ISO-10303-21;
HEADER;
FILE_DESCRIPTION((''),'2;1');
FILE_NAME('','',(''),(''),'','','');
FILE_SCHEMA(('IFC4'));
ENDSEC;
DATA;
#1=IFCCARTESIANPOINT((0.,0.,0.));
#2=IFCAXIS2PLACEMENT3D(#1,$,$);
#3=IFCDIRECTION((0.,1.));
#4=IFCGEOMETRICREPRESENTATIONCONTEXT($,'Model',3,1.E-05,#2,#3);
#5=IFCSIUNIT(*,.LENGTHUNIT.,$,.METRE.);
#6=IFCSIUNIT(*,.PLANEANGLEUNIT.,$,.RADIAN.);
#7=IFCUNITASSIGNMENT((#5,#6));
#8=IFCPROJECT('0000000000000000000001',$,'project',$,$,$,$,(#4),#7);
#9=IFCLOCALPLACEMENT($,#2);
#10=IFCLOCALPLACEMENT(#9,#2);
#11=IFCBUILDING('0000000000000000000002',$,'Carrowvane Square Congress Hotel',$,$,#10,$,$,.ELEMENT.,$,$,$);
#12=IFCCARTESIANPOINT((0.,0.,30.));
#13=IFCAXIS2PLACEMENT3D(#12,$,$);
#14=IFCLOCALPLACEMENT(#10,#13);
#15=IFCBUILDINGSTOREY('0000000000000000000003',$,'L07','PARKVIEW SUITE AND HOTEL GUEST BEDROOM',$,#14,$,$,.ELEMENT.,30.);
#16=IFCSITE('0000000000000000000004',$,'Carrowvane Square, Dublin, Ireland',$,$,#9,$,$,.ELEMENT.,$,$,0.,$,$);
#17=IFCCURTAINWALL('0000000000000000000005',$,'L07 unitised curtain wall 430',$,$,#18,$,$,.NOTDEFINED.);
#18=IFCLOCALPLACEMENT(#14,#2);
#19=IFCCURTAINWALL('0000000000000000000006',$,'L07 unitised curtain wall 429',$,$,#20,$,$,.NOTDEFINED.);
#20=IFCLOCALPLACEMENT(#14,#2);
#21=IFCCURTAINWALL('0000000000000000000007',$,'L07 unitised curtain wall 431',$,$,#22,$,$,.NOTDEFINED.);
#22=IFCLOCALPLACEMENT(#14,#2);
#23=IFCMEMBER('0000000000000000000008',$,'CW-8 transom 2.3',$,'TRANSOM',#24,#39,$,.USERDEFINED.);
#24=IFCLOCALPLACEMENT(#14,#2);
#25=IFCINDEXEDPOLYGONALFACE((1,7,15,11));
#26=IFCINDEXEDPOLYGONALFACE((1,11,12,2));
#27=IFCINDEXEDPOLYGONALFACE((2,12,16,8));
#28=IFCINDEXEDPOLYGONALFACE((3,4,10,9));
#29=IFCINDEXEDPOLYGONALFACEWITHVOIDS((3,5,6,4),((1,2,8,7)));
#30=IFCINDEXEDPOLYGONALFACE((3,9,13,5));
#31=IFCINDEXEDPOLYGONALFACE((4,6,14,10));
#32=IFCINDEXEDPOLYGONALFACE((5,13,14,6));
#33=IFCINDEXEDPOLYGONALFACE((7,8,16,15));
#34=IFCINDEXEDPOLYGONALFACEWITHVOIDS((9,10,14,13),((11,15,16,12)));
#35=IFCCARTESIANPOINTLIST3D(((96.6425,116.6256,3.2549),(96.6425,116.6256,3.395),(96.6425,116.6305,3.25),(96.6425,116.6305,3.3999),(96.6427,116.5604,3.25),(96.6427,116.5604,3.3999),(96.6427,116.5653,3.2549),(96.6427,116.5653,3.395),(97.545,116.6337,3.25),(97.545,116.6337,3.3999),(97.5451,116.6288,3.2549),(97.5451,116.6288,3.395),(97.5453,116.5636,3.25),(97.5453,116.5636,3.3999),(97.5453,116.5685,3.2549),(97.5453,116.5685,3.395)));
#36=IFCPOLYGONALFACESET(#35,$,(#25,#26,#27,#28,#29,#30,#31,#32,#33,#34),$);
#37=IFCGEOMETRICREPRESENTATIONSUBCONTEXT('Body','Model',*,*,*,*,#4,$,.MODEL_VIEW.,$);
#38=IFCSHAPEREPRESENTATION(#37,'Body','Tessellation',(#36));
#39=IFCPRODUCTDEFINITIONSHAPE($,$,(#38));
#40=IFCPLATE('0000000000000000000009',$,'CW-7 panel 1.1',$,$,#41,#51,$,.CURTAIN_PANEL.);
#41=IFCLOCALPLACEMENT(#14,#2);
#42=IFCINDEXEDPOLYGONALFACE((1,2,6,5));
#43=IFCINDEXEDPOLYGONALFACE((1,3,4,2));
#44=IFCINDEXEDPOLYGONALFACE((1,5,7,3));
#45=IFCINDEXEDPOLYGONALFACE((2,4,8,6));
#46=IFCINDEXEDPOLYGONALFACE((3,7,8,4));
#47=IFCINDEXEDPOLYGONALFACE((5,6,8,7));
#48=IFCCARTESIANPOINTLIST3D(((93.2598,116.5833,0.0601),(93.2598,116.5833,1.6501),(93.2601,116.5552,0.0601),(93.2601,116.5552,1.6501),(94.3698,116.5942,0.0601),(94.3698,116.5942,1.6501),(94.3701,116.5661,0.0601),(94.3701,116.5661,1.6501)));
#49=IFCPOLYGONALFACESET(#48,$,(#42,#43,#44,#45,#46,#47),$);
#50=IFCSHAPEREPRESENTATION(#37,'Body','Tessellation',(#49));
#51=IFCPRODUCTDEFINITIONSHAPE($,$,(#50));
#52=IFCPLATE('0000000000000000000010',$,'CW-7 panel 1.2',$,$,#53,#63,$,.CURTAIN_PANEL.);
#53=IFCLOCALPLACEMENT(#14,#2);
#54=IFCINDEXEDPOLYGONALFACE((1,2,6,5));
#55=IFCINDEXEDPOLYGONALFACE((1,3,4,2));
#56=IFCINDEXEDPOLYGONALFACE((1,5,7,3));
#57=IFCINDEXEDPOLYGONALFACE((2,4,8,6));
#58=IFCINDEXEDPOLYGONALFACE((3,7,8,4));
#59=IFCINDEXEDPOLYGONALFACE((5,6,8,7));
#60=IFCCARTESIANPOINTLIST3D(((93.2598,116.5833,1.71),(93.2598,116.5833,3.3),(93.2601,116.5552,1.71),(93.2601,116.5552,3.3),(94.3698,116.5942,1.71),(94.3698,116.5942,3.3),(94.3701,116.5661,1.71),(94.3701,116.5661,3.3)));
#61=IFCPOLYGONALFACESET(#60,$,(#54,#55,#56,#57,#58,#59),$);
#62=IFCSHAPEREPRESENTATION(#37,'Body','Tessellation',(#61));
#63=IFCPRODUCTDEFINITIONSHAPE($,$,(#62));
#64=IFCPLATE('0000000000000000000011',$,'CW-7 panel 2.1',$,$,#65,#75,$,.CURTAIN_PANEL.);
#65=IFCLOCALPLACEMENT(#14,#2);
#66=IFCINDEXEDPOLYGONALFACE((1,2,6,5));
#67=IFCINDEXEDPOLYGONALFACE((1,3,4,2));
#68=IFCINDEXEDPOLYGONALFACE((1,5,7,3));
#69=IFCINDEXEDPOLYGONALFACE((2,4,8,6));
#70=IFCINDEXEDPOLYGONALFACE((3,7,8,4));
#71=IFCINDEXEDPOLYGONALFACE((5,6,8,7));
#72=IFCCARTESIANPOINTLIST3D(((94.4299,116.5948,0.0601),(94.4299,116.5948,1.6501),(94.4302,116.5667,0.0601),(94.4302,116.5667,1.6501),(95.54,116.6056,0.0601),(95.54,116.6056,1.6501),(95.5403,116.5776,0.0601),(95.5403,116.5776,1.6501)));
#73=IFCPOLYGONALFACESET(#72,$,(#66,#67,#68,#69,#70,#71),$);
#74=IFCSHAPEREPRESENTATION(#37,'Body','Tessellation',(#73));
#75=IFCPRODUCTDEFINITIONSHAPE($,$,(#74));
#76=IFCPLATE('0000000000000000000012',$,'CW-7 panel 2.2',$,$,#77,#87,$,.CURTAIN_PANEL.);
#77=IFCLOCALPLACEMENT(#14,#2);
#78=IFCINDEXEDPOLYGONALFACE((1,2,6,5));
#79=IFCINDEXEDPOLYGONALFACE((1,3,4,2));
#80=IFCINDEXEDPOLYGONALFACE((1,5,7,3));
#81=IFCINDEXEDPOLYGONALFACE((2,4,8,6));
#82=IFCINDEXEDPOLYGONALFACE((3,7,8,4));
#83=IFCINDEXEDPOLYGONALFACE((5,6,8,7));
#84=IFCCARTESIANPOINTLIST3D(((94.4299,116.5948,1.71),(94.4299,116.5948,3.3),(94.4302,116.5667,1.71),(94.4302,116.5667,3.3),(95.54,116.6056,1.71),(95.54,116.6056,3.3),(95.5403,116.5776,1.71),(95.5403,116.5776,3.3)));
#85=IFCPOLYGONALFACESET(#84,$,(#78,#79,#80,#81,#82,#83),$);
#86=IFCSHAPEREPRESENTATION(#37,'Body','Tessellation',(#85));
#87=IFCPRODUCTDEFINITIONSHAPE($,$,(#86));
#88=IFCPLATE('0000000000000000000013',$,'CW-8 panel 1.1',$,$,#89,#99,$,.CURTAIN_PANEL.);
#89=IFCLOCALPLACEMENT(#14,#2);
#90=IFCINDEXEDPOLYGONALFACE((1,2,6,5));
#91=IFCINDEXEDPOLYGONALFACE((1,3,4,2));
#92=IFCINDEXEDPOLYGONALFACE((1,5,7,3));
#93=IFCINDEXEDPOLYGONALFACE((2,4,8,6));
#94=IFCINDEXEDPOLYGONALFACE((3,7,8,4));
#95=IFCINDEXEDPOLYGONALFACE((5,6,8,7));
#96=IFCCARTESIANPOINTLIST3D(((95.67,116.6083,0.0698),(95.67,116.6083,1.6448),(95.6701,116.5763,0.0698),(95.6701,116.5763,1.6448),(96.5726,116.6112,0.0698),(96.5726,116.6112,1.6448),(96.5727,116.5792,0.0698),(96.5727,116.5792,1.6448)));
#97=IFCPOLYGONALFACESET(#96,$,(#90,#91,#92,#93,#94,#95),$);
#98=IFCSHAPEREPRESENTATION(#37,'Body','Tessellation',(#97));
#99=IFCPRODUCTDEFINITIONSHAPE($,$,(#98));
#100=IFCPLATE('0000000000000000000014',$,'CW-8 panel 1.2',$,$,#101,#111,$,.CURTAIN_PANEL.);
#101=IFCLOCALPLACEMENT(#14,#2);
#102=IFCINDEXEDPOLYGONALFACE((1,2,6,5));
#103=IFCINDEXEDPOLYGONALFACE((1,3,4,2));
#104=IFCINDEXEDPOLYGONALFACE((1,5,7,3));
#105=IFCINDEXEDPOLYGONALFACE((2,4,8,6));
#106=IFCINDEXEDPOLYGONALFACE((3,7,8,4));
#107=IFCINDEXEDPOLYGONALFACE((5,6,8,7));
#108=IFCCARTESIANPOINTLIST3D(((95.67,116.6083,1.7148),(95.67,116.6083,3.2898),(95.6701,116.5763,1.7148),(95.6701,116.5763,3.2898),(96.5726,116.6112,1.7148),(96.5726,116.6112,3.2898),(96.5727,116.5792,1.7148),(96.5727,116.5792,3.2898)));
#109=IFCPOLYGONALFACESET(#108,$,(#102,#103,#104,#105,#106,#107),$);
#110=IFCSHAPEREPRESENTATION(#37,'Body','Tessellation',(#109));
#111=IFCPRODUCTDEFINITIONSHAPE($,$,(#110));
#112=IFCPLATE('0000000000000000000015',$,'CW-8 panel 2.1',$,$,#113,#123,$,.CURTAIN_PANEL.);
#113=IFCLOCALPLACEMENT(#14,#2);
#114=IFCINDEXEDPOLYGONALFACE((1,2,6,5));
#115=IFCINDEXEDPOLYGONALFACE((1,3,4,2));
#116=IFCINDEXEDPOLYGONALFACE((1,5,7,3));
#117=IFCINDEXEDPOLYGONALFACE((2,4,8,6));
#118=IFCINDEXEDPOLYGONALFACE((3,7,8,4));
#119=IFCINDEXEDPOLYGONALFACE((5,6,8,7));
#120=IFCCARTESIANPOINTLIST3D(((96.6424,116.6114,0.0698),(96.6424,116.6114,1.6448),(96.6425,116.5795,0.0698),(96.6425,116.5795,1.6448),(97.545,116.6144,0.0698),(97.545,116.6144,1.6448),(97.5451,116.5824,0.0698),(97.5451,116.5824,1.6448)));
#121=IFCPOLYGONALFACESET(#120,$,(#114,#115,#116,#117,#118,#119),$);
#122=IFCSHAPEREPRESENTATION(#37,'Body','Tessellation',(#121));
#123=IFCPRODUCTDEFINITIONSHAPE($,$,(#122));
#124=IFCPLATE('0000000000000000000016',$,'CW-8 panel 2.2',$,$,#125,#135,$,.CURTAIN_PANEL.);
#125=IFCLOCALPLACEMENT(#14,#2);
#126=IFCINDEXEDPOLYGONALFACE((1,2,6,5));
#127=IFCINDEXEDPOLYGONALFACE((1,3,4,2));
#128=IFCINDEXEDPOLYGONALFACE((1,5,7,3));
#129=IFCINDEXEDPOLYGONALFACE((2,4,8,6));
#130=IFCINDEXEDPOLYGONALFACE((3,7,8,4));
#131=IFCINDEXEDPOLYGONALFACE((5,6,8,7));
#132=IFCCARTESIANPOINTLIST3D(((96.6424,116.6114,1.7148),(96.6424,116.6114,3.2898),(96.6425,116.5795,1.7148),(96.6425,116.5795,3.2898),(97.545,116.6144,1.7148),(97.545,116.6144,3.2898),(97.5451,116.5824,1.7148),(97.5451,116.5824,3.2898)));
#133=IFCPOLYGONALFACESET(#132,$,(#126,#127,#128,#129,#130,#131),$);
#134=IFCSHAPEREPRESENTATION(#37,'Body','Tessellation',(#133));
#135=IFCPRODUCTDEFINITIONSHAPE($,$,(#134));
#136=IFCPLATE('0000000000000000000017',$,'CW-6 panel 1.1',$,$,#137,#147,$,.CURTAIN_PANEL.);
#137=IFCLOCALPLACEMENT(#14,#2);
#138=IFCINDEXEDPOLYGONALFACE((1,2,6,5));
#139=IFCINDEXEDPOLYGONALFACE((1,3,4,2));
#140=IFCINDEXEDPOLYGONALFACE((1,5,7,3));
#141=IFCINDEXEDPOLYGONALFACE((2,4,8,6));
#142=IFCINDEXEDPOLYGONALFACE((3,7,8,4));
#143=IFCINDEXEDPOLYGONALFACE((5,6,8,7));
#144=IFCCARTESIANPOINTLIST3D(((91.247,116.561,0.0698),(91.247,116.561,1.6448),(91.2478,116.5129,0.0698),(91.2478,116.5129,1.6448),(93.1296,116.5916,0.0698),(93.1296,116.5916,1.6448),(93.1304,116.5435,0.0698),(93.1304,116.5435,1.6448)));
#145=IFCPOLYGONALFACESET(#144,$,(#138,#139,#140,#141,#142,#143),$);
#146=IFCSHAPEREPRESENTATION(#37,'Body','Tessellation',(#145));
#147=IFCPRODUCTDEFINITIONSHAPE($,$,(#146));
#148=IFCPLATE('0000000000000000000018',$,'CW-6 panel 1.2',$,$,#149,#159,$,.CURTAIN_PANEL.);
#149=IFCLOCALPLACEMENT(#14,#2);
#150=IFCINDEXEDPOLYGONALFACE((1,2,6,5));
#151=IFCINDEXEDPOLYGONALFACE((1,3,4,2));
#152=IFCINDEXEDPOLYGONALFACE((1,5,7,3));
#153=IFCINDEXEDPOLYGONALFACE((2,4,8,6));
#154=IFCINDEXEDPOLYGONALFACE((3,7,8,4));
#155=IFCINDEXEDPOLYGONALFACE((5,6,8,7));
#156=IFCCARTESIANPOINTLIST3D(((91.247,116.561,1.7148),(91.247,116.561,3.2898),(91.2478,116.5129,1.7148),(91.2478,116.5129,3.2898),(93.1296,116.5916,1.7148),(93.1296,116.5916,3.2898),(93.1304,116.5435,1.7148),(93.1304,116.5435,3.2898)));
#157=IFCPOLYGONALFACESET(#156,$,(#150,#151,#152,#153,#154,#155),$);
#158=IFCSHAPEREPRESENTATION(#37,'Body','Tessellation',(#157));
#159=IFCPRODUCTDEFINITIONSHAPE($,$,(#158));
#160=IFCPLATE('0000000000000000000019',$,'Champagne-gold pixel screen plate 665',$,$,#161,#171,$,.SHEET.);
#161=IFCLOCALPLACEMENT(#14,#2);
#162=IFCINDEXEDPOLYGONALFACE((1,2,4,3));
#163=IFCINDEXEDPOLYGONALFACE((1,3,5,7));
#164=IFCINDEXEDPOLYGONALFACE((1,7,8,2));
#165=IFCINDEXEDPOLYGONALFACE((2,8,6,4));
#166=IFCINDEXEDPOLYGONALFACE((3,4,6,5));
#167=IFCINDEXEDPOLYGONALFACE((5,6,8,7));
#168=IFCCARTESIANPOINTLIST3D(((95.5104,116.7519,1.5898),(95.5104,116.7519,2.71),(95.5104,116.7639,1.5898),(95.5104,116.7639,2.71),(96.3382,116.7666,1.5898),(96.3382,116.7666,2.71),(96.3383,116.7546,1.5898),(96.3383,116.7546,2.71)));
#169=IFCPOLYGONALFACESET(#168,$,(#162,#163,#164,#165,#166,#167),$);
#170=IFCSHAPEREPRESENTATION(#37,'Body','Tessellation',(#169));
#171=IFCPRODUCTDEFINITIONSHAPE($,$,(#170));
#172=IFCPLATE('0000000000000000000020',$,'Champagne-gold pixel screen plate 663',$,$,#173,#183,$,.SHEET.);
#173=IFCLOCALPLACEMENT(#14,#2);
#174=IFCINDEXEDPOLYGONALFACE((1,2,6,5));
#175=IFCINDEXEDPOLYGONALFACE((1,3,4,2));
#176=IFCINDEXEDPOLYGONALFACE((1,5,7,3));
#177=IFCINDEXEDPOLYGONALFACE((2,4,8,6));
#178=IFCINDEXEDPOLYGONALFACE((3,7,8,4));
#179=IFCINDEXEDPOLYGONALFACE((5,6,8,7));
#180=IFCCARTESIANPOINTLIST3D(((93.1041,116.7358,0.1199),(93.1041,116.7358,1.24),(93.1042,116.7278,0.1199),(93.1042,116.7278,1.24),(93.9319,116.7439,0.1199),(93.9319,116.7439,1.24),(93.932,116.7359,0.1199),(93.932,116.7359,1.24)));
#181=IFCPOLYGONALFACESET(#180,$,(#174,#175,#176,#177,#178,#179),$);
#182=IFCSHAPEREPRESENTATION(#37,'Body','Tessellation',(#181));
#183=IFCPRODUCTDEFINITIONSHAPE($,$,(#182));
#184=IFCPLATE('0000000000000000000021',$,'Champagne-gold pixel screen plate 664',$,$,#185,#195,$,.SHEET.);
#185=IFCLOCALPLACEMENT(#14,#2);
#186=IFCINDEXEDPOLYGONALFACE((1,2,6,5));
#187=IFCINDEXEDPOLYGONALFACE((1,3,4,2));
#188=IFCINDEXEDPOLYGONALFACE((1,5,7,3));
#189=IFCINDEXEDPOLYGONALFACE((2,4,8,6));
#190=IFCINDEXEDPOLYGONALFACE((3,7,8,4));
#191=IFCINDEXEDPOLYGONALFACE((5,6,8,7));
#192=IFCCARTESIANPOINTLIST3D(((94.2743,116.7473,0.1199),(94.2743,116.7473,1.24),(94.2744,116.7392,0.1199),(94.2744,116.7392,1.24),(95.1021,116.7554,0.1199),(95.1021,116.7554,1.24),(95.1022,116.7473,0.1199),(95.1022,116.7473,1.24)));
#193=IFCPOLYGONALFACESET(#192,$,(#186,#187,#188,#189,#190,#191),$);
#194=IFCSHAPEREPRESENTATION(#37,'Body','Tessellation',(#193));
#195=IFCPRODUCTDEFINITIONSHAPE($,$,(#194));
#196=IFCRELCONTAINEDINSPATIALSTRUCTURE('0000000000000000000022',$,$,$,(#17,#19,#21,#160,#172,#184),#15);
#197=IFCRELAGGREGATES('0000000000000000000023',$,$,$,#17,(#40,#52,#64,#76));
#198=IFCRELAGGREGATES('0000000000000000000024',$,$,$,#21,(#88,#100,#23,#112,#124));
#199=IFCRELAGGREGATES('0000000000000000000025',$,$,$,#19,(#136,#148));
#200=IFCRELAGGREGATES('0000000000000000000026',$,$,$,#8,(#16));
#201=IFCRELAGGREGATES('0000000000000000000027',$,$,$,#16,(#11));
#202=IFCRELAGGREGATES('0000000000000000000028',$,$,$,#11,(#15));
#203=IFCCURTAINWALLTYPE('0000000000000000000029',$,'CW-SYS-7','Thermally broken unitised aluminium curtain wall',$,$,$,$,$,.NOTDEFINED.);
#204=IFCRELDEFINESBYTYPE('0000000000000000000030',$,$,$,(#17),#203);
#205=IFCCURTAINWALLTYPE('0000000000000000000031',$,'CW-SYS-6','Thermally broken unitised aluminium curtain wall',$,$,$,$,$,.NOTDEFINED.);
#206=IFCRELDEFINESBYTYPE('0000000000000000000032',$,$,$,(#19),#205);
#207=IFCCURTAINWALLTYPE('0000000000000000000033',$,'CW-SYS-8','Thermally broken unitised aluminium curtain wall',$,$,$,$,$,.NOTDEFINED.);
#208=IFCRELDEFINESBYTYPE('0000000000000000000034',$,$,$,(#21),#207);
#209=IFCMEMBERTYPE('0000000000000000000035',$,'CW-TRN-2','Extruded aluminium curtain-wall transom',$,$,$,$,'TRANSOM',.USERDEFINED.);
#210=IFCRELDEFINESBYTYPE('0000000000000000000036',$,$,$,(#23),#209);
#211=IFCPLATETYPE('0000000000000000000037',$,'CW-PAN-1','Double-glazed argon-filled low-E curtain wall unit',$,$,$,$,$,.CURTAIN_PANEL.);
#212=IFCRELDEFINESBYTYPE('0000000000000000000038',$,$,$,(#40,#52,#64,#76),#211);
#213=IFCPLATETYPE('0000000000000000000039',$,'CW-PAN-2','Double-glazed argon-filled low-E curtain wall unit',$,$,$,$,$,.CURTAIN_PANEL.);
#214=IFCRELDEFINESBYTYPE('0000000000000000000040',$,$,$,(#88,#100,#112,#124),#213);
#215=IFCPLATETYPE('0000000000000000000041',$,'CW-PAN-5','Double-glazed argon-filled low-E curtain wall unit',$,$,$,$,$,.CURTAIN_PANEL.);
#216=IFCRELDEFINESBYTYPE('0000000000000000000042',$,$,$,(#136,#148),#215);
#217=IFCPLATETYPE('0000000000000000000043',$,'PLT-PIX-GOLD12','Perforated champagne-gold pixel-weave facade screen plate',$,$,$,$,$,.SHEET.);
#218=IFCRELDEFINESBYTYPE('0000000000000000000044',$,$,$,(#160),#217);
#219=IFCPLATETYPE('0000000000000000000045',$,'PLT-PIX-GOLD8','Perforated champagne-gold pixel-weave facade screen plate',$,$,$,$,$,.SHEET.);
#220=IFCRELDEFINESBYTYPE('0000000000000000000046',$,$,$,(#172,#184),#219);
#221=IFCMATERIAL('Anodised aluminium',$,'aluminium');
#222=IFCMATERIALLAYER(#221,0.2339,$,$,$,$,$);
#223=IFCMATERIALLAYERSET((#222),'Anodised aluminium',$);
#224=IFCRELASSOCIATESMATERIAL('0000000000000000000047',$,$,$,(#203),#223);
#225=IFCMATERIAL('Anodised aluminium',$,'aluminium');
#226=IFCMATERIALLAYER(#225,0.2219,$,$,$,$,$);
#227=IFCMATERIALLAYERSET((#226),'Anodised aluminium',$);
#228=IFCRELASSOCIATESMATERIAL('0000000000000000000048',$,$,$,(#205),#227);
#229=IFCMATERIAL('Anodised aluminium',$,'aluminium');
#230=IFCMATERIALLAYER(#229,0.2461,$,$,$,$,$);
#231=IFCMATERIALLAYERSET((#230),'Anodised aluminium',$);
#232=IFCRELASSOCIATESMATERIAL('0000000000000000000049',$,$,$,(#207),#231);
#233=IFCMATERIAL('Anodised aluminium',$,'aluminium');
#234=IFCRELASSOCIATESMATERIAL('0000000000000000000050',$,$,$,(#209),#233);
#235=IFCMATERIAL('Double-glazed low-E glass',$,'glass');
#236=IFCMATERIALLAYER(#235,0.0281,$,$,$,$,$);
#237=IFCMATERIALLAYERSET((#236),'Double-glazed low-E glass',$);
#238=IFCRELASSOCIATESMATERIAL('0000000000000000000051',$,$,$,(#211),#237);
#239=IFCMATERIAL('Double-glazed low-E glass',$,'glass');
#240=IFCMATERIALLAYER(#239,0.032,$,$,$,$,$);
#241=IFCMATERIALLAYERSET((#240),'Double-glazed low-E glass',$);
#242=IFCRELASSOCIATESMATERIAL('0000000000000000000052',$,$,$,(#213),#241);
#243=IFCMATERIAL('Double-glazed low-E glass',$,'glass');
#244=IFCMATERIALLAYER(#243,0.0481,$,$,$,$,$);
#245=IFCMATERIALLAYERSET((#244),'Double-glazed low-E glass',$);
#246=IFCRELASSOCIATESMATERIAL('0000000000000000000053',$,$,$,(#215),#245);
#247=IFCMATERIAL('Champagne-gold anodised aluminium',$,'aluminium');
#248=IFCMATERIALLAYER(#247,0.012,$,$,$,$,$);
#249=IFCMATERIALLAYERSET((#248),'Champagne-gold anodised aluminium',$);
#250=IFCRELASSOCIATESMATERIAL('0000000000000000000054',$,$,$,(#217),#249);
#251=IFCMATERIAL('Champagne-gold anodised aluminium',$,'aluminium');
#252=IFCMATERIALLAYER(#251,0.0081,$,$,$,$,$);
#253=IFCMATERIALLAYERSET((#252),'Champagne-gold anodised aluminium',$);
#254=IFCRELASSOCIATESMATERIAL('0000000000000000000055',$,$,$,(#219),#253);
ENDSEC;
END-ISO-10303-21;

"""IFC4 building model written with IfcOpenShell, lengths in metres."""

from ifc_helpers import new_model, si_unit, direction, frame, origin, origin_2d, place, context, subcontext, project, spatial, rectangle, hollow_rectangle, extrude, material, layer, layer_set, material_profile, profile_set, type_object, element, aggregate, save


model = new_model("IFC4")

# Units and contexts
model_context = context("Model", 3, precision=1e-05, world=origin(), true_north=direction((0.0, 1.0)))
body_context = subcontext(model_context, "Body", "Model", "MODEL_VIEW")
ifc_project = project(units=[si_unit("LENGTHUNIT", "METRE"), si_unit("PLANEANGLEUNIT", "RADIAN")], contexts=[model_context])

# Site, building, storey
site_placement = place(None, origin())
site = spatial("IfcSite", under=ifc_project, at=site_placement, Name="Carrowvane Square, Dublin, Ireland", CompositionType="ELEMENT", RefElevation=0.0)
building_placement = place(site_placement, origin())
building = spatial("IfcBuilding", under=site, at=building_placement, Name="Carrowvane Square Congress Hotel", CompositionType="ELEMENT")
storey_placement = place(building_placement, frame((0.0, 0.0, 30.0)))
storey = spatial("IfcBuildingStorey", under=building, at=storey_placement, Name="L07", Description="PARKVIEW SUITE AND HOTEL GUEST BEDROOM", CompositionType="ELEMENT", Elevation=30.0)

# Curtain wall
ifc_material_1 = material(Name="Anodised aluminium", Category="aluminium")
ifc_layer_1 = layer(ifc_material_1, 0.2339)
ifc_layer_set_1 = layer_set([ifc_layer_1], Name="Anodised aluminium")
curtain_wall_type_1 = type_object("IfcCurtainWallType", Name="CW-SYS-7", Description="Thermally broken unitised aluminium curtain wall", PredefinedType="NOTDEFINED", material=ifc_layer_set_1)
curtain_wall_1_placement = place(storey_placement, origin())
curtain_wall_1 = element("IfcCurtainWall", 1, at=curtain_wall_1_placement, inside=storey, type_object=curtain_wall_type_1, Name="L07 unitised curtain wall 430", PredefinedType="NOTDEFINED")

# Curtain wall
ifc_material_2 = material(Name="Anodised aluminium", Category="aluminium")
ifc_layer_2 = layer(ifc_material_2, 0.2219)
ifc_layer_set_2 = layer_set([ifc_layer_2], Name="Anodised aluminium")
curtain_wall_type_2 = type_object("IfcCurtainWallType", Name="CW-SYS-6", Description="Thermally broken unitised aluminium curtain wall", PredefinedType="NOTDEFINED", material=ifc_layer_set_2)
curtain_wall_2_placement = place(storey_placement, origin())
curtain_wall_2 = element("IfcCurtainWall", 2, at=curtain_wall_2_placement, inside=storey, type_object=curtain_wall_type_2, Name="L07 unitised curtain wall 429", PredefinedType="NOTDEFINED")

# Curtain wall
ifc_material_3 = material(Name="Anodised aluminium", Category="aluminium")
ifc_layer_3 = layer(ifc_material_3, 0.2461)
ifc_layer_set_3 = layer_set([ifc_layer_3], Name="Anodised aluminium")
curtain_wall_type_3 = type_object("IfcCurtainWallType", Name="CW-SYS-8", Description="Thermally broken unitised aluminium curtain wall", PredefinedType="NOTDEFINED", material=ifc_layer_set_3)
curtain_wall_3_placement = place(storey_placement, origin())
curtain_wall_3 = element("IfcCurtainWall", 3, at=curtain_wall_3_placement, inside=storey, type_object=curtain_wall_type_3, Name="L07 unitised curtain wall 431", PredefinedType="NOTDEFINED")

# Member
ifc_material_4 = material(Name="Anodised aluminium", Category="aluminium")
ifc_material_profile_1 = material_profile(ifc_material_4, hollow_rectangle(XDim=0.0701, YDim=0.1499, WallThickness=0.0049, at=origin_2d()), Name="CW-TR 70x150x5")
ifc_profile_set_1 = profile_set([ifc_material_profile_1], Name="Anodised aluminium")
member_type_1 = type_object("IfcMemberType", Name="CW-TRN-2", Description="Extruded aluminium curtain-wall transom", ElementType="TRANSOM", PredefinedType="USERDEFINED", material=ifc_profile_set_1)
member_1_placement = place(storey_placement, frame((96.6426, 116.5955, 3.325), z_axis=(0.999994, 0.003516, 0.0), x_axis=(-0.003516, 0.999994, 0.0)))
member_1 = element("IfcMember", 4, at=member_1_placement, type_object=member_type_1, Name="CW-8 transom 2.3", ObjectType="TRANSOM", PredefinedType="USERDEFINED", context=body_context, shape_type="SweptSolid", body=[
    extrude(hollow_rectangle(XDim=0.0701, YDim=0.1499, WallThickness=0.0049, at=origin_2d()), origin(), (0.0, 0.0, 1.0), 0.9026),
])

# Plates
ifc_material_5 = material(Name="Double-glazed low-E glass", Category="glass")
ifc_layer_4 = layer(ifc_material_5, 0.0281)
ifc_layer_set_4 = layer_set([ifc_layer_4], Name="Double-glazed low-E glass")
plate_type_1 = type_object("IfcPlateType", Name="CW-PAN-1", Description="Double-glazed argon-filled low-E curtain wall unit", PredefinedType="CURTAIN_PANEL", material=ifc_layer_set_4)
plate_1_placement = place(storey_placement, frame((93.8149, 116.5747, 0.0601), z_axis=(0.0, 0.0, 1.0), x_axis=(0.999952, 0.009783, 0.0)))
plate_1 = element("IfcPlate", 5, at=plate_1_placement, type_object=plate_type_1, Name="CW-7 panel 1.1", PredefinedType="CURTAIN_PANEL", context=body_context, shape_type="SweptSolid", body=[
    extrude(rectangle(XDim=1.1101, YDim=0.0281, at=origin_2d()), origin(), (0.0, 0.0, 1.0), 1.5901),
])
plate_2_placement = place(storey_placement, frame((93.8149, 116.5747, 1.71), z_axis=(0.0, 0.0, 1.0), x_axis=(0.999952, 0.009783, 0.0)))
plate_2 = element("IfcPlate", 6, at=plate_2_placement, type_object=plate_type_1, Name="CW-7 panel 1.2", PredefinedType="CURTAIN_PANEL", context=body_context, shape_type="SweptSolid", body=[
    extrude(rectangle(XDim=1.1101, YDim=0.0281, at=origin_2d()), origin(), (0.0, 0.0, 1.0), 1.5901),
])
plate_3_placement = place(storey_placement, frame((94.9851, 116.5862, 0.0601), z_axis=(0.0, 0.0, 1.0), x_axis=(0.999952, 0.009783, 0.0)))
plate_3 = element("IfcPlate", 7, at=plate_3_placement, type_object=plate_type_1, Name="CW-7 panel 2.1", PredefinedType="CURTAIN_PANEL", context=body_context, shape_type="SweptSolid", body=[
    extrude(rectangle(XDim=1.1101, YDim=0.0281, at=origin_2d()), origin(), (0.0, 0.0, 1.0), 1.5901),
])
plate_4_placement = place(storey_placement, frame((94.9851, 116.5862, 1.71), z_axis=(0.0, 0.0, 1.0), x_axis=(0.999952, 0.009783, 0.0)))
plate_4 = element("IfcPlate", 8, at=plate_4_placement, type_object=plate_type_1, Name="CW-7 panel 2.2", PredefinedType="CURTAIN_PANEL", context=body_context, shape_type="SweptSolid", body=[
    extrude(rectangle(XDim=1.1101, YDim=0.0281, at=origin_2d()), origin(), (0.0, 0.0, 1.0), 1.5901),
])
aggregate(curtain_wall_1, [plate_1, plate_2, plate_3, plate_4])
ifc_material_6 = material(Name="Double-glazed low-E glass", Category="glass")
ifc_layer_5 = layer(ifc_material_6, 0.032)
ifc_layer_set_5 = layer_set([ifc_layer_5], Name="Double-glazed low-E glass")
plate_type_2 = type_object("IfcPlateType", Name="CW-PAN-2", Description="Double-glazed argon-filled low-E curtain wall unit", PredefinedType="CURTAIN_PANEL", material=ifc_layer_set_5)
plate_5_placement = place(storey_placement, frame((96.1213, 116.5938, 0.0698), z_axis=(0.0, 0.0, 1.0), x_axis=(0.999995, 0.00327, 0.0)))
plate_5 = element("IfcPlate", 9, at=plate_5_placement, type_object=plate_type_2, Name="CW-8 panel 1.1", PredefinedType="CURTAIN_PANEL", context=body_context, shape_type="SweptSolid", body=[
    extrude(rectangle(XDim=0.9026, YDim=0.032, at=origin_2d()), origin(), (0.0, 0.0, 1.0), 1.575),
])
plate_6_placement = place(storey_placement, frame((96.1213, 116.5938, 1.7148), z_axis=(0.0, 0.0, 1.0), x_axis=(0.999995, 0.00327, 0.0)))
plate_6 = element("IfcPlate", 10, at=plate_6_placement, type_object=plate_type_2, Name="CW-8 panel 1.2", PredefinedType="CURTAIN_PANEL", context=body_context, shape_type="SweptSolid", body=[
    extrude(rectangle(XDim=0.9026, YDim=0.032, at=origin_2d()), origin(), (0.0, 0.0, 1.0), 1.575),
])
plate_7_placement = place(storey_placement, frame((97.0938, 116.5969, 0.0698), z_axis=(0.0, 0.0, 1.0), x_axis=(0.999995, 0.00327, 0.0)))
plate_7 = element("IfcPlate", 11, at=plate_7_placement, type_object=plate_type_2, Name="CW-8 panel 2.1", PredefinedType="CURTAIN_PANEL", context=body_context, shape_type="SweptSolid", body=[
    extrude(rectangle(XDim=0.9026, YDim=0.032, at=origin_2d()), origin(), (0.0, 0.0, 1.0), 1.575),
])
plate_8_placement = place(storey_placement, frame((97.0938, 116.5969, 1.7148), z_axis=(0.0, 0.0, 1.0), x_axis=(0.999995, 0.00327, 0.0)))
plate_8 = element("IfcPlate", 12, at=plate_8_placement, type_object=plate_type_2, Name="CW-8 panel 2.2", PredefinedType="CURTAIN_PANEL", context=body_context, shape_type="SweptSolid", body=[
    extrude(rectangle(XDim=0.9026, YDim=0.032, at=origin_2d()), origin(), (0.0, 0.0, 1.0), 1.575),
])
aggregate(curtain_wall_3, [plate_5, plate_6, member_1, plate_7, plate_8])
ifc_material_7 = material(Name="Double-glazed low-E glass", Category="glass")
ifc_layer_6 = layer(ifc_material_7, 0.0481)
ifc_layer_set_6 = layer_set([ifc_layer_6], Name="Double-glazed low-E glass")
plate_type_3 = type_object("IfcPlateType", Name="CW-PAN-5", Description="Double-glazed argon-filled low-E curtain wall unit", PredefinedType="CURTAIN_PANEL", material=ifc_layer_set_6)
plate_9_placement = place(storey_placement, frame((92.1887, 116.5522, 0.0698), z_axis=(0.0, 0.0, 1.0), x_axis=(0.999869, 0.016216, 0.0)))
plate_9 = element("IfcPlate", 13, at=plate_9_placement, type_object=plate_type_3, Name="CW-6 panel 1.1", PredefinedType="CURTAIN_PANEL", context=body_context, shape_type="SweptSolid", body=[
    extrude(rectangle(XDim=1.8828, YDim=0.0481, at=origin_2d()), origin(), (0.0, 0.0, 1.0), 1.575),
])
plate_10_placement = place(storey_placement, frame((92.1887, 116.5522, 1.7148), z_axis=(0.0, 0.0, 1.0), x_axis=(0.999869, 0.016216, 0.0)))
plate_10 = element("IfcPlate", 14, at=plate_10_placement, type_object=plate_type_3, Name="CW-6 panel 1.2", PredefinedType="CURTAIN_PANEL", context=body_context, shape_type="SweptSolid", body=[
    extrude(rectangle(XDim=1.8828, YDim=0.0481, at=origin_2d()), origin(), (0.0, 0.0, 1.0), 1.575),
])
aggregate(curtain_wall_2, [plate_9, plate_10])

# Plates
ifc_material_8 = material(Name="Champagne-gold anodised aluminium", Category="aluminium")
ifc_layer_7 = layer(ifc_material_8, 0.012)
ifc_layer_set_7 = layer_set([ifc_layer_7], Name="Champagne-gold anodised aluminium")
plate_type_4 = type_object("IfcPlateType", Name="PLT-PIX-GOLD12", Description="Perforated champagne-gold pixel-weave facade screen plate", PredefinedType="SHEET", material=ifc_layer_set_7)
plate_11_placement = place(storey_placement, frame((95.9243, 116.7593, 1.5898), z_axis=(0.0, 0.0, 1.0), x_axis=(0.999995, 0.00327, 0.0)))
element("IfcPlate", 15, at=plate_11_placement, inside=storey, type_object=plate_type_4, Name="Champagne-gold pixel screen plate 665", PredefinedType="SHEET", context=body_context, shape_type="SweptSolid", body=[
    extrude(rectangle(XDim=0.8279, YDim=0.012, at=origin_2d()), origin(), (0.0, 0.0, 1.0), 1.1201),
])
ifc_material_9 = material(Name="Champagne-gold anodised aluminium", Category="aluminium")
ifc_layer_8 = layer(ifc_material_9, 0.0081)
ifc_layer_set_8 = layer_set([ifc_layer_8], Name="Champagne-gold anodised aluminium")
plate_type_5 = type_object("IfcPlateType", Name="PLT-PIX-GOLD8", Description="Perforated champagne-gold pixel-weave facade screen plate", PredefinedType="SHEET", material=ifc_layer_set_8)
for number, where, z_axis, x_axis, name in (
    (16, (93.5181, 116.7358, 0.1199), (0.0, 0.0, 1.0), (0.999952, 0.009782, 0.0), "Champagne-gold pixel screen plate 663"),
    (17, (94.6882, 116.7473, 0.1199), (0.0, 0.0, 1.0), (0.999952, 0.009782, 0.0), "Champagne-gold pixel screen plate 664"),
):
    element("IfcPlate", number, at=place(storey_placement, frame(where, z_axis=z_axis, x_axis=x_axis)), inside=storey, type_object=plate_type_5, Name=name, PredefinedType="SHEET", context=body_context, shape_type="SweptSolid", body=[
        extrude(rectangle(XDim=0.8279, YDim=0.0081, at=origin_2d()), origin(), (0.0, 0.0, 1.0), 1.1201),
    ])

save(model, "model.ifc")
